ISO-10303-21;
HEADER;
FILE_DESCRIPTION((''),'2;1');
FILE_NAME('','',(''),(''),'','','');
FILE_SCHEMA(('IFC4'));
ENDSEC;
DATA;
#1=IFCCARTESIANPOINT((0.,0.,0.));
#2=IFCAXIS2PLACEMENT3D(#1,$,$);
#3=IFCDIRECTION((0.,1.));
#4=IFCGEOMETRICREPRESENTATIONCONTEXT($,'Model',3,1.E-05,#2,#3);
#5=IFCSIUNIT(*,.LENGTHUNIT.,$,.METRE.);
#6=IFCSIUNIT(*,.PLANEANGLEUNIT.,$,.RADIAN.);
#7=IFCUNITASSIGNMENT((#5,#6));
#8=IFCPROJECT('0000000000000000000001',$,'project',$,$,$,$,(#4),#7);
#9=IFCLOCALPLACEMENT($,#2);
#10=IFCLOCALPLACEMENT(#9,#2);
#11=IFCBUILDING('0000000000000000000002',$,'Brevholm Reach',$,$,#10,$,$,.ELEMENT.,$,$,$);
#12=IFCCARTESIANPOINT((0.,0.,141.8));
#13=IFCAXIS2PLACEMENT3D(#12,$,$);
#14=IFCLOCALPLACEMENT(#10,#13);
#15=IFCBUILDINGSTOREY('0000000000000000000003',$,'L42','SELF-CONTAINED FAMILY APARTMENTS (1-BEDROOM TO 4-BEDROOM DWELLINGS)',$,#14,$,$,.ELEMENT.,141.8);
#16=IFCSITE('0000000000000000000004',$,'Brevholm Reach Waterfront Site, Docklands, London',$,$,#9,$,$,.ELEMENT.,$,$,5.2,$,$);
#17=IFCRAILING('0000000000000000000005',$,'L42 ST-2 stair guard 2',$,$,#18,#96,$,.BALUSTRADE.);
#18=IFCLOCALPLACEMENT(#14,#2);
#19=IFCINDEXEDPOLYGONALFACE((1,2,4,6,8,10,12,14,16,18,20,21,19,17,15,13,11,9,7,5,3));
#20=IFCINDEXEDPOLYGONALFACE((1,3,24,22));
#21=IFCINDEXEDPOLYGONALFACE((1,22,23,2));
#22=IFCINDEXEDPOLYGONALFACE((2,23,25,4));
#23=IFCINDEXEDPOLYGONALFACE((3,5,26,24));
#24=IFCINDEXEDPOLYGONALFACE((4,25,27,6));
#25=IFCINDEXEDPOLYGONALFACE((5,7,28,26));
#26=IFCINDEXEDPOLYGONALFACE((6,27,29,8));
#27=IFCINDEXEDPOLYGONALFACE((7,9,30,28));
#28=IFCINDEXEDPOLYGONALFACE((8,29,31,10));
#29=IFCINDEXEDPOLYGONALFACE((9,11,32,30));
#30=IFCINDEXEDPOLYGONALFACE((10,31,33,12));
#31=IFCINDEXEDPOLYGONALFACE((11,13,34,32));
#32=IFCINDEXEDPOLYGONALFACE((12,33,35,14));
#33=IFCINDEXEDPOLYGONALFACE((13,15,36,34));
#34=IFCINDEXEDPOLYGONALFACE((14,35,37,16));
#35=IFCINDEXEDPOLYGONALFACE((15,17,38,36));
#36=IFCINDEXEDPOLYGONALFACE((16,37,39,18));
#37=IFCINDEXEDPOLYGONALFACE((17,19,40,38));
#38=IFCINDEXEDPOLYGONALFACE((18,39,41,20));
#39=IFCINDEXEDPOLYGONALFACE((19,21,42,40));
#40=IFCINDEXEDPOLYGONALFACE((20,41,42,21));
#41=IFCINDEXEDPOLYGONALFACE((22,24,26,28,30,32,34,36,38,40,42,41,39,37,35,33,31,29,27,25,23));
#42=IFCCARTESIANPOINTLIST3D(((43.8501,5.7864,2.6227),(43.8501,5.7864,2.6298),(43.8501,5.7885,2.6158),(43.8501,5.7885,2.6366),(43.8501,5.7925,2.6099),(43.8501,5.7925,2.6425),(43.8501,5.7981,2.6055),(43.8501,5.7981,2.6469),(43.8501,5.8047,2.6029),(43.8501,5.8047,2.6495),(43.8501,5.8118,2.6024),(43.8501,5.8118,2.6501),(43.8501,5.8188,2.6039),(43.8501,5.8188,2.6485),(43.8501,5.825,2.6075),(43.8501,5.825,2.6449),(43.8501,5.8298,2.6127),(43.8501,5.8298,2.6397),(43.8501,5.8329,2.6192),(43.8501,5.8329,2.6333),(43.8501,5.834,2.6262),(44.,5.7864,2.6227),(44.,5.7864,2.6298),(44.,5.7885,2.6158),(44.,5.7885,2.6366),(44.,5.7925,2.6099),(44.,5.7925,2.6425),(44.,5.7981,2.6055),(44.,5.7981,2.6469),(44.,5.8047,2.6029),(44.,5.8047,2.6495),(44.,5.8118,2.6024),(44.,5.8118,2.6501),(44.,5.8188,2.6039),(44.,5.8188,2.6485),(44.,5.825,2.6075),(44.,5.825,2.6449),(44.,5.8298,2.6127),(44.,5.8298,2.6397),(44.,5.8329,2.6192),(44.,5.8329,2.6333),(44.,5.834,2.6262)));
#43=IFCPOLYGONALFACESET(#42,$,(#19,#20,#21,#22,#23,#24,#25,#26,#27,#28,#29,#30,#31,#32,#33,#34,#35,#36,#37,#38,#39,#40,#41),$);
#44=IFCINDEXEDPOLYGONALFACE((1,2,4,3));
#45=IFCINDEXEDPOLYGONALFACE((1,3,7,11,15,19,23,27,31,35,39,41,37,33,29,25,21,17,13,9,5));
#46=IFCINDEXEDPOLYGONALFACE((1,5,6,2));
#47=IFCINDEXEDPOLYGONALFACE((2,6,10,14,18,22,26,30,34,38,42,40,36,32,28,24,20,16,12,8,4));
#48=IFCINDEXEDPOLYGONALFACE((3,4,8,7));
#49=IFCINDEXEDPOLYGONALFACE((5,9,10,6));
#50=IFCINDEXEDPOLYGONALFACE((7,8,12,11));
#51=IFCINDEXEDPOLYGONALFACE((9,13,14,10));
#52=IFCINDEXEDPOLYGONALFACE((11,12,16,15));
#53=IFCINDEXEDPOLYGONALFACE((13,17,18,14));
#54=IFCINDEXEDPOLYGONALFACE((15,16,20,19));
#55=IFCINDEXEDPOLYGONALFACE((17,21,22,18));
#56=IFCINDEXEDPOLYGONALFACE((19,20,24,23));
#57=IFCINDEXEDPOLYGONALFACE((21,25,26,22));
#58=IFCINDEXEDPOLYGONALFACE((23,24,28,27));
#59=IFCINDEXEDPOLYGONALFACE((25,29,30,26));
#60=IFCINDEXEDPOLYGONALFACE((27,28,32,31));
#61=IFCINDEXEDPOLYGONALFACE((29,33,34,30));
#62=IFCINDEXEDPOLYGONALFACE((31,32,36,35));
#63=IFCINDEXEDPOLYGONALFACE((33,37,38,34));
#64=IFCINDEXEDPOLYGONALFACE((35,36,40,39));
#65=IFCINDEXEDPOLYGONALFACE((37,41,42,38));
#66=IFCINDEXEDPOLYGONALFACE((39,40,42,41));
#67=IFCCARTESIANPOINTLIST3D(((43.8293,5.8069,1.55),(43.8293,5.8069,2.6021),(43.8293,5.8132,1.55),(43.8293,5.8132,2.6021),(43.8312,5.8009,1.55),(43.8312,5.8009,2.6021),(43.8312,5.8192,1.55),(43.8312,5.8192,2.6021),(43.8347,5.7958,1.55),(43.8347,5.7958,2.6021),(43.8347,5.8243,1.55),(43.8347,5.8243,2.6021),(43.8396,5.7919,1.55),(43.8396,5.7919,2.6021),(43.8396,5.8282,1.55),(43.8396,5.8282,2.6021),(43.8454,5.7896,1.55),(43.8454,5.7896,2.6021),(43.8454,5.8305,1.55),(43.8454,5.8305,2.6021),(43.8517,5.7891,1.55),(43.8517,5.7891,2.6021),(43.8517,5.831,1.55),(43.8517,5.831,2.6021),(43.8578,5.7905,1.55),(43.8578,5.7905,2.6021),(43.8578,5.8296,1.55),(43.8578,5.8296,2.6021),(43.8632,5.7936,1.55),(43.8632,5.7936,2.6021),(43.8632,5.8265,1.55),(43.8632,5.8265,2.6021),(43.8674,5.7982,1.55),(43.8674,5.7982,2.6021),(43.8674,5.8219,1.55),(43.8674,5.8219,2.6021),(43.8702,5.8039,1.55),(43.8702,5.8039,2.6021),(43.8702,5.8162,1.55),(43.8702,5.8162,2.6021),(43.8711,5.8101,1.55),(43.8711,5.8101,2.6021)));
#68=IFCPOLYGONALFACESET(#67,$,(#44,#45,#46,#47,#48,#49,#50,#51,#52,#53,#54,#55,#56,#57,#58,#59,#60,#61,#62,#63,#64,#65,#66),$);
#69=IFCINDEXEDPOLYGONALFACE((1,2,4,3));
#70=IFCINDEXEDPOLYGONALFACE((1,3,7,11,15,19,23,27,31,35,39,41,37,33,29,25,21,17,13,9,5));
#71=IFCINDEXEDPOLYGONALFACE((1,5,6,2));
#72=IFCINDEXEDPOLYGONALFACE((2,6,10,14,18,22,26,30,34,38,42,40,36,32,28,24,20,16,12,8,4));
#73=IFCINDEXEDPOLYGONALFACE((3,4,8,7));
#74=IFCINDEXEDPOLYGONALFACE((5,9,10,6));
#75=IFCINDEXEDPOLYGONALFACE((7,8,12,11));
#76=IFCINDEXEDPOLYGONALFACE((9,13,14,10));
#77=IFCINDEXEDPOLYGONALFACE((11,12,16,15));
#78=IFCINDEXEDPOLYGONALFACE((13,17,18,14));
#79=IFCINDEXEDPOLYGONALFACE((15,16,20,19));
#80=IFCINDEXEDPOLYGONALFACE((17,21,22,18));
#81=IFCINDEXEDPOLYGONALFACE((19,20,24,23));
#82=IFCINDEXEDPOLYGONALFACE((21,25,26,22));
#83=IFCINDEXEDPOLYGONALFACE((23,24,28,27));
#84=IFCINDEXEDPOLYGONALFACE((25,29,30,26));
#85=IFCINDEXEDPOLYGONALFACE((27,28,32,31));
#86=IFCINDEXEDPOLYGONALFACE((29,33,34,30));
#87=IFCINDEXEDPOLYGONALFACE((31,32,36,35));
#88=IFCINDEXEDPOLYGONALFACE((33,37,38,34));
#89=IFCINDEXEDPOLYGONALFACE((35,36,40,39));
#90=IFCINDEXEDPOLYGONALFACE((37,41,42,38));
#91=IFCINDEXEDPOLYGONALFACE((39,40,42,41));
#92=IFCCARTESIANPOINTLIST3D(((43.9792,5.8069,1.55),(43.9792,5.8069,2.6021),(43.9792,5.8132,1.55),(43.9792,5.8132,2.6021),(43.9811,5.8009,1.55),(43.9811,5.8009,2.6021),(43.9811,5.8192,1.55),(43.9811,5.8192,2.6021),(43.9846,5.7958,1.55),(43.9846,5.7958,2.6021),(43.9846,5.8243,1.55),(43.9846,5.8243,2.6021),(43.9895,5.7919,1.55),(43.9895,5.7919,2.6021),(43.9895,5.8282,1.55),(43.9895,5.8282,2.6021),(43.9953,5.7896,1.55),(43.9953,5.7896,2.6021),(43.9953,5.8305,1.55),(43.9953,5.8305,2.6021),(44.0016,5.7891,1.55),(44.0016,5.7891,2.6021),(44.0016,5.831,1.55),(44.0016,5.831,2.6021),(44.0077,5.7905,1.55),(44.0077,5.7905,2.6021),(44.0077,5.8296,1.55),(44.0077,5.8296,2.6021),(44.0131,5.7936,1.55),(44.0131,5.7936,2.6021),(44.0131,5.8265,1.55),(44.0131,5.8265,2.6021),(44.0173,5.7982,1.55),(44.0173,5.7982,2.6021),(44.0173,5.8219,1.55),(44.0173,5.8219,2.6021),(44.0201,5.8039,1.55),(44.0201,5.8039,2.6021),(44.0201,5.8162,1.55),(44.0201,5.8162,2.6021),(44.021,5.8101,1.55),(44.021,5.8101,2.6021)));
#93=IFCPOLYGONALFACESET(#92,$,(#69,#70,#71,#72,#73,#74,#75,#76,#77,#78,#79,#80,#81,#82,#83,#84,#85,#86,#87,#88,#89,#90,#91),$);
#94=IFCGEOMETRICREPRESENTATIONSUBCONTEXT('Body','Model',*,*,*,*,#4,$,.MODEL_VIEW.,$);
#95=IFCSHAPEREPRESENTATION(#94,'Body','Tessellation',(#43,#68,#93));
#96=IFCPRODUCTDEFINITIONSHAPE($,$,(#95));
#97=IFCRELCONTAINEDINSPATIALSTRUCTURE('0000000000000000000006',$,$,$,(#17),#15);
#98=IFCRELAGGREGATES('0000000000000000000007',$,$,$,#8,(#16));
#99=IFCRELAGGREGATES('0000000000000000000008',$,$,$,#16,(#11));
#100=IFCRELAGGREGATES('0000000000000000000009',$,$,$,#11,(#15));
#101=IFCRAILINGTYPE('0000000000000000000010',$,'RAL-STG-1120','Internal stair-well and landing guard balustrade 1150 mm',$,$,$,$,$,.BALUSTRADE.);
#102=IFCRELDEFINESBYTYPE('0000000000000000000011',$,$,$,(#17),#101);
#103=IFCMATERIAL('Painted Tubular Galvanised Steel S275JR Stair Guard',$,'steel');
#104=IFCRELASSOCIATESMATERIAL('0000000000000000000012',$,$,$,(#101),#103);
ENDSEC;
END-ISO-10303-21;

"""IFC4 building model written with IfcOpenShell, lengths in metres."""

from ifc_helpers import new_model, si_unit, direction, frame, origin, origin_2d, place, context, subcontext, project, spatial, circle, extrude, material, type_object, element, save


model = new_model("IFC4")

# Units and contexts
model_context = context("Model", 3, precision=1e-05, world=origin(), true_north=direction((0.0, 1.0)))
body_context = subcontext(model_context, "Body", "Model", "MODEL_VIEW")
ifc_project = project(units=[si_unit("LENGTHUNIT", "METRE"), si_unit("PLANEANGLEUNIT", "RADIAN")], contexts=[model_context])

# Site, building, storey
site_placement = place(None, origin())
site = spatial("IfcSite", under=ifc_project, at=site_placement, Name="Brevholm Reach Waterfront Site, Docklands, London", CompositionType="ELEMENT", RefElevation=5.2)
building_placement = place(site_placement, origin())
building = spatial("IfcBuilding", under=site, at=building_placement, Name="Brevholm Reach", CompositionType="ELEMENT")
storey_placement = place(building_placement, frame((0.0, 0.0, 141.8)))
storey = spatial("IfcBuildingStorey", under=building, at=storey_placement, Name="L42", Description="SELF-CONTAINED FAMILY APARTMENTS (1-BEDROOM TO 4-BEDROOM DWELLINGS)", CompositionType="ELEMENT", Elevation=141.8)

# Railing
ifc_material_1 = material(Name="Painted Tubular Galvanised Steel S275JR Stair Guard", Category="steel")
railing_type_1 = type_object("IfcRailingType", Name="RAL-STG-1120", Description="Internal stair-well and landing guard balustrade 1150 mm", PredefinedType="BALUSTRADE", material=ifc_material_1)
railing_1_placement = place(storey_placement, frame((43.8501, 5.8101, 1.55)))
element("IfcRailing", 1, at=railing_1_placement, inside=storey, type_object=railing_type_1, Name="L42 ST-2 stair guard 2", PredefinedType="BALUSTRADE", context=body_context, shape_type="SweptSolid", body=[
    extrude(circle(Radius=0.0239, at=origin_2d()), frame((0.0, 0.0, 1.0762), z_axis=(1.0, 0.0, 0.0), x_axis=(0.0, 1.0, 0.0)), (0.0, 0.0, 1.0), 0.1499),
    extrude(circle(Radius=0.021, at=origin_2d()), origin(), (0.0, 0.0, 1.0), 1.052),
    extrude(circle(Radius=0.021, at=origin_2d()), frame((0.1499, 0.0, 0.0)), (0.0, 0.0, 1.0), 1.052),
])

save(model, "model.ifc")
